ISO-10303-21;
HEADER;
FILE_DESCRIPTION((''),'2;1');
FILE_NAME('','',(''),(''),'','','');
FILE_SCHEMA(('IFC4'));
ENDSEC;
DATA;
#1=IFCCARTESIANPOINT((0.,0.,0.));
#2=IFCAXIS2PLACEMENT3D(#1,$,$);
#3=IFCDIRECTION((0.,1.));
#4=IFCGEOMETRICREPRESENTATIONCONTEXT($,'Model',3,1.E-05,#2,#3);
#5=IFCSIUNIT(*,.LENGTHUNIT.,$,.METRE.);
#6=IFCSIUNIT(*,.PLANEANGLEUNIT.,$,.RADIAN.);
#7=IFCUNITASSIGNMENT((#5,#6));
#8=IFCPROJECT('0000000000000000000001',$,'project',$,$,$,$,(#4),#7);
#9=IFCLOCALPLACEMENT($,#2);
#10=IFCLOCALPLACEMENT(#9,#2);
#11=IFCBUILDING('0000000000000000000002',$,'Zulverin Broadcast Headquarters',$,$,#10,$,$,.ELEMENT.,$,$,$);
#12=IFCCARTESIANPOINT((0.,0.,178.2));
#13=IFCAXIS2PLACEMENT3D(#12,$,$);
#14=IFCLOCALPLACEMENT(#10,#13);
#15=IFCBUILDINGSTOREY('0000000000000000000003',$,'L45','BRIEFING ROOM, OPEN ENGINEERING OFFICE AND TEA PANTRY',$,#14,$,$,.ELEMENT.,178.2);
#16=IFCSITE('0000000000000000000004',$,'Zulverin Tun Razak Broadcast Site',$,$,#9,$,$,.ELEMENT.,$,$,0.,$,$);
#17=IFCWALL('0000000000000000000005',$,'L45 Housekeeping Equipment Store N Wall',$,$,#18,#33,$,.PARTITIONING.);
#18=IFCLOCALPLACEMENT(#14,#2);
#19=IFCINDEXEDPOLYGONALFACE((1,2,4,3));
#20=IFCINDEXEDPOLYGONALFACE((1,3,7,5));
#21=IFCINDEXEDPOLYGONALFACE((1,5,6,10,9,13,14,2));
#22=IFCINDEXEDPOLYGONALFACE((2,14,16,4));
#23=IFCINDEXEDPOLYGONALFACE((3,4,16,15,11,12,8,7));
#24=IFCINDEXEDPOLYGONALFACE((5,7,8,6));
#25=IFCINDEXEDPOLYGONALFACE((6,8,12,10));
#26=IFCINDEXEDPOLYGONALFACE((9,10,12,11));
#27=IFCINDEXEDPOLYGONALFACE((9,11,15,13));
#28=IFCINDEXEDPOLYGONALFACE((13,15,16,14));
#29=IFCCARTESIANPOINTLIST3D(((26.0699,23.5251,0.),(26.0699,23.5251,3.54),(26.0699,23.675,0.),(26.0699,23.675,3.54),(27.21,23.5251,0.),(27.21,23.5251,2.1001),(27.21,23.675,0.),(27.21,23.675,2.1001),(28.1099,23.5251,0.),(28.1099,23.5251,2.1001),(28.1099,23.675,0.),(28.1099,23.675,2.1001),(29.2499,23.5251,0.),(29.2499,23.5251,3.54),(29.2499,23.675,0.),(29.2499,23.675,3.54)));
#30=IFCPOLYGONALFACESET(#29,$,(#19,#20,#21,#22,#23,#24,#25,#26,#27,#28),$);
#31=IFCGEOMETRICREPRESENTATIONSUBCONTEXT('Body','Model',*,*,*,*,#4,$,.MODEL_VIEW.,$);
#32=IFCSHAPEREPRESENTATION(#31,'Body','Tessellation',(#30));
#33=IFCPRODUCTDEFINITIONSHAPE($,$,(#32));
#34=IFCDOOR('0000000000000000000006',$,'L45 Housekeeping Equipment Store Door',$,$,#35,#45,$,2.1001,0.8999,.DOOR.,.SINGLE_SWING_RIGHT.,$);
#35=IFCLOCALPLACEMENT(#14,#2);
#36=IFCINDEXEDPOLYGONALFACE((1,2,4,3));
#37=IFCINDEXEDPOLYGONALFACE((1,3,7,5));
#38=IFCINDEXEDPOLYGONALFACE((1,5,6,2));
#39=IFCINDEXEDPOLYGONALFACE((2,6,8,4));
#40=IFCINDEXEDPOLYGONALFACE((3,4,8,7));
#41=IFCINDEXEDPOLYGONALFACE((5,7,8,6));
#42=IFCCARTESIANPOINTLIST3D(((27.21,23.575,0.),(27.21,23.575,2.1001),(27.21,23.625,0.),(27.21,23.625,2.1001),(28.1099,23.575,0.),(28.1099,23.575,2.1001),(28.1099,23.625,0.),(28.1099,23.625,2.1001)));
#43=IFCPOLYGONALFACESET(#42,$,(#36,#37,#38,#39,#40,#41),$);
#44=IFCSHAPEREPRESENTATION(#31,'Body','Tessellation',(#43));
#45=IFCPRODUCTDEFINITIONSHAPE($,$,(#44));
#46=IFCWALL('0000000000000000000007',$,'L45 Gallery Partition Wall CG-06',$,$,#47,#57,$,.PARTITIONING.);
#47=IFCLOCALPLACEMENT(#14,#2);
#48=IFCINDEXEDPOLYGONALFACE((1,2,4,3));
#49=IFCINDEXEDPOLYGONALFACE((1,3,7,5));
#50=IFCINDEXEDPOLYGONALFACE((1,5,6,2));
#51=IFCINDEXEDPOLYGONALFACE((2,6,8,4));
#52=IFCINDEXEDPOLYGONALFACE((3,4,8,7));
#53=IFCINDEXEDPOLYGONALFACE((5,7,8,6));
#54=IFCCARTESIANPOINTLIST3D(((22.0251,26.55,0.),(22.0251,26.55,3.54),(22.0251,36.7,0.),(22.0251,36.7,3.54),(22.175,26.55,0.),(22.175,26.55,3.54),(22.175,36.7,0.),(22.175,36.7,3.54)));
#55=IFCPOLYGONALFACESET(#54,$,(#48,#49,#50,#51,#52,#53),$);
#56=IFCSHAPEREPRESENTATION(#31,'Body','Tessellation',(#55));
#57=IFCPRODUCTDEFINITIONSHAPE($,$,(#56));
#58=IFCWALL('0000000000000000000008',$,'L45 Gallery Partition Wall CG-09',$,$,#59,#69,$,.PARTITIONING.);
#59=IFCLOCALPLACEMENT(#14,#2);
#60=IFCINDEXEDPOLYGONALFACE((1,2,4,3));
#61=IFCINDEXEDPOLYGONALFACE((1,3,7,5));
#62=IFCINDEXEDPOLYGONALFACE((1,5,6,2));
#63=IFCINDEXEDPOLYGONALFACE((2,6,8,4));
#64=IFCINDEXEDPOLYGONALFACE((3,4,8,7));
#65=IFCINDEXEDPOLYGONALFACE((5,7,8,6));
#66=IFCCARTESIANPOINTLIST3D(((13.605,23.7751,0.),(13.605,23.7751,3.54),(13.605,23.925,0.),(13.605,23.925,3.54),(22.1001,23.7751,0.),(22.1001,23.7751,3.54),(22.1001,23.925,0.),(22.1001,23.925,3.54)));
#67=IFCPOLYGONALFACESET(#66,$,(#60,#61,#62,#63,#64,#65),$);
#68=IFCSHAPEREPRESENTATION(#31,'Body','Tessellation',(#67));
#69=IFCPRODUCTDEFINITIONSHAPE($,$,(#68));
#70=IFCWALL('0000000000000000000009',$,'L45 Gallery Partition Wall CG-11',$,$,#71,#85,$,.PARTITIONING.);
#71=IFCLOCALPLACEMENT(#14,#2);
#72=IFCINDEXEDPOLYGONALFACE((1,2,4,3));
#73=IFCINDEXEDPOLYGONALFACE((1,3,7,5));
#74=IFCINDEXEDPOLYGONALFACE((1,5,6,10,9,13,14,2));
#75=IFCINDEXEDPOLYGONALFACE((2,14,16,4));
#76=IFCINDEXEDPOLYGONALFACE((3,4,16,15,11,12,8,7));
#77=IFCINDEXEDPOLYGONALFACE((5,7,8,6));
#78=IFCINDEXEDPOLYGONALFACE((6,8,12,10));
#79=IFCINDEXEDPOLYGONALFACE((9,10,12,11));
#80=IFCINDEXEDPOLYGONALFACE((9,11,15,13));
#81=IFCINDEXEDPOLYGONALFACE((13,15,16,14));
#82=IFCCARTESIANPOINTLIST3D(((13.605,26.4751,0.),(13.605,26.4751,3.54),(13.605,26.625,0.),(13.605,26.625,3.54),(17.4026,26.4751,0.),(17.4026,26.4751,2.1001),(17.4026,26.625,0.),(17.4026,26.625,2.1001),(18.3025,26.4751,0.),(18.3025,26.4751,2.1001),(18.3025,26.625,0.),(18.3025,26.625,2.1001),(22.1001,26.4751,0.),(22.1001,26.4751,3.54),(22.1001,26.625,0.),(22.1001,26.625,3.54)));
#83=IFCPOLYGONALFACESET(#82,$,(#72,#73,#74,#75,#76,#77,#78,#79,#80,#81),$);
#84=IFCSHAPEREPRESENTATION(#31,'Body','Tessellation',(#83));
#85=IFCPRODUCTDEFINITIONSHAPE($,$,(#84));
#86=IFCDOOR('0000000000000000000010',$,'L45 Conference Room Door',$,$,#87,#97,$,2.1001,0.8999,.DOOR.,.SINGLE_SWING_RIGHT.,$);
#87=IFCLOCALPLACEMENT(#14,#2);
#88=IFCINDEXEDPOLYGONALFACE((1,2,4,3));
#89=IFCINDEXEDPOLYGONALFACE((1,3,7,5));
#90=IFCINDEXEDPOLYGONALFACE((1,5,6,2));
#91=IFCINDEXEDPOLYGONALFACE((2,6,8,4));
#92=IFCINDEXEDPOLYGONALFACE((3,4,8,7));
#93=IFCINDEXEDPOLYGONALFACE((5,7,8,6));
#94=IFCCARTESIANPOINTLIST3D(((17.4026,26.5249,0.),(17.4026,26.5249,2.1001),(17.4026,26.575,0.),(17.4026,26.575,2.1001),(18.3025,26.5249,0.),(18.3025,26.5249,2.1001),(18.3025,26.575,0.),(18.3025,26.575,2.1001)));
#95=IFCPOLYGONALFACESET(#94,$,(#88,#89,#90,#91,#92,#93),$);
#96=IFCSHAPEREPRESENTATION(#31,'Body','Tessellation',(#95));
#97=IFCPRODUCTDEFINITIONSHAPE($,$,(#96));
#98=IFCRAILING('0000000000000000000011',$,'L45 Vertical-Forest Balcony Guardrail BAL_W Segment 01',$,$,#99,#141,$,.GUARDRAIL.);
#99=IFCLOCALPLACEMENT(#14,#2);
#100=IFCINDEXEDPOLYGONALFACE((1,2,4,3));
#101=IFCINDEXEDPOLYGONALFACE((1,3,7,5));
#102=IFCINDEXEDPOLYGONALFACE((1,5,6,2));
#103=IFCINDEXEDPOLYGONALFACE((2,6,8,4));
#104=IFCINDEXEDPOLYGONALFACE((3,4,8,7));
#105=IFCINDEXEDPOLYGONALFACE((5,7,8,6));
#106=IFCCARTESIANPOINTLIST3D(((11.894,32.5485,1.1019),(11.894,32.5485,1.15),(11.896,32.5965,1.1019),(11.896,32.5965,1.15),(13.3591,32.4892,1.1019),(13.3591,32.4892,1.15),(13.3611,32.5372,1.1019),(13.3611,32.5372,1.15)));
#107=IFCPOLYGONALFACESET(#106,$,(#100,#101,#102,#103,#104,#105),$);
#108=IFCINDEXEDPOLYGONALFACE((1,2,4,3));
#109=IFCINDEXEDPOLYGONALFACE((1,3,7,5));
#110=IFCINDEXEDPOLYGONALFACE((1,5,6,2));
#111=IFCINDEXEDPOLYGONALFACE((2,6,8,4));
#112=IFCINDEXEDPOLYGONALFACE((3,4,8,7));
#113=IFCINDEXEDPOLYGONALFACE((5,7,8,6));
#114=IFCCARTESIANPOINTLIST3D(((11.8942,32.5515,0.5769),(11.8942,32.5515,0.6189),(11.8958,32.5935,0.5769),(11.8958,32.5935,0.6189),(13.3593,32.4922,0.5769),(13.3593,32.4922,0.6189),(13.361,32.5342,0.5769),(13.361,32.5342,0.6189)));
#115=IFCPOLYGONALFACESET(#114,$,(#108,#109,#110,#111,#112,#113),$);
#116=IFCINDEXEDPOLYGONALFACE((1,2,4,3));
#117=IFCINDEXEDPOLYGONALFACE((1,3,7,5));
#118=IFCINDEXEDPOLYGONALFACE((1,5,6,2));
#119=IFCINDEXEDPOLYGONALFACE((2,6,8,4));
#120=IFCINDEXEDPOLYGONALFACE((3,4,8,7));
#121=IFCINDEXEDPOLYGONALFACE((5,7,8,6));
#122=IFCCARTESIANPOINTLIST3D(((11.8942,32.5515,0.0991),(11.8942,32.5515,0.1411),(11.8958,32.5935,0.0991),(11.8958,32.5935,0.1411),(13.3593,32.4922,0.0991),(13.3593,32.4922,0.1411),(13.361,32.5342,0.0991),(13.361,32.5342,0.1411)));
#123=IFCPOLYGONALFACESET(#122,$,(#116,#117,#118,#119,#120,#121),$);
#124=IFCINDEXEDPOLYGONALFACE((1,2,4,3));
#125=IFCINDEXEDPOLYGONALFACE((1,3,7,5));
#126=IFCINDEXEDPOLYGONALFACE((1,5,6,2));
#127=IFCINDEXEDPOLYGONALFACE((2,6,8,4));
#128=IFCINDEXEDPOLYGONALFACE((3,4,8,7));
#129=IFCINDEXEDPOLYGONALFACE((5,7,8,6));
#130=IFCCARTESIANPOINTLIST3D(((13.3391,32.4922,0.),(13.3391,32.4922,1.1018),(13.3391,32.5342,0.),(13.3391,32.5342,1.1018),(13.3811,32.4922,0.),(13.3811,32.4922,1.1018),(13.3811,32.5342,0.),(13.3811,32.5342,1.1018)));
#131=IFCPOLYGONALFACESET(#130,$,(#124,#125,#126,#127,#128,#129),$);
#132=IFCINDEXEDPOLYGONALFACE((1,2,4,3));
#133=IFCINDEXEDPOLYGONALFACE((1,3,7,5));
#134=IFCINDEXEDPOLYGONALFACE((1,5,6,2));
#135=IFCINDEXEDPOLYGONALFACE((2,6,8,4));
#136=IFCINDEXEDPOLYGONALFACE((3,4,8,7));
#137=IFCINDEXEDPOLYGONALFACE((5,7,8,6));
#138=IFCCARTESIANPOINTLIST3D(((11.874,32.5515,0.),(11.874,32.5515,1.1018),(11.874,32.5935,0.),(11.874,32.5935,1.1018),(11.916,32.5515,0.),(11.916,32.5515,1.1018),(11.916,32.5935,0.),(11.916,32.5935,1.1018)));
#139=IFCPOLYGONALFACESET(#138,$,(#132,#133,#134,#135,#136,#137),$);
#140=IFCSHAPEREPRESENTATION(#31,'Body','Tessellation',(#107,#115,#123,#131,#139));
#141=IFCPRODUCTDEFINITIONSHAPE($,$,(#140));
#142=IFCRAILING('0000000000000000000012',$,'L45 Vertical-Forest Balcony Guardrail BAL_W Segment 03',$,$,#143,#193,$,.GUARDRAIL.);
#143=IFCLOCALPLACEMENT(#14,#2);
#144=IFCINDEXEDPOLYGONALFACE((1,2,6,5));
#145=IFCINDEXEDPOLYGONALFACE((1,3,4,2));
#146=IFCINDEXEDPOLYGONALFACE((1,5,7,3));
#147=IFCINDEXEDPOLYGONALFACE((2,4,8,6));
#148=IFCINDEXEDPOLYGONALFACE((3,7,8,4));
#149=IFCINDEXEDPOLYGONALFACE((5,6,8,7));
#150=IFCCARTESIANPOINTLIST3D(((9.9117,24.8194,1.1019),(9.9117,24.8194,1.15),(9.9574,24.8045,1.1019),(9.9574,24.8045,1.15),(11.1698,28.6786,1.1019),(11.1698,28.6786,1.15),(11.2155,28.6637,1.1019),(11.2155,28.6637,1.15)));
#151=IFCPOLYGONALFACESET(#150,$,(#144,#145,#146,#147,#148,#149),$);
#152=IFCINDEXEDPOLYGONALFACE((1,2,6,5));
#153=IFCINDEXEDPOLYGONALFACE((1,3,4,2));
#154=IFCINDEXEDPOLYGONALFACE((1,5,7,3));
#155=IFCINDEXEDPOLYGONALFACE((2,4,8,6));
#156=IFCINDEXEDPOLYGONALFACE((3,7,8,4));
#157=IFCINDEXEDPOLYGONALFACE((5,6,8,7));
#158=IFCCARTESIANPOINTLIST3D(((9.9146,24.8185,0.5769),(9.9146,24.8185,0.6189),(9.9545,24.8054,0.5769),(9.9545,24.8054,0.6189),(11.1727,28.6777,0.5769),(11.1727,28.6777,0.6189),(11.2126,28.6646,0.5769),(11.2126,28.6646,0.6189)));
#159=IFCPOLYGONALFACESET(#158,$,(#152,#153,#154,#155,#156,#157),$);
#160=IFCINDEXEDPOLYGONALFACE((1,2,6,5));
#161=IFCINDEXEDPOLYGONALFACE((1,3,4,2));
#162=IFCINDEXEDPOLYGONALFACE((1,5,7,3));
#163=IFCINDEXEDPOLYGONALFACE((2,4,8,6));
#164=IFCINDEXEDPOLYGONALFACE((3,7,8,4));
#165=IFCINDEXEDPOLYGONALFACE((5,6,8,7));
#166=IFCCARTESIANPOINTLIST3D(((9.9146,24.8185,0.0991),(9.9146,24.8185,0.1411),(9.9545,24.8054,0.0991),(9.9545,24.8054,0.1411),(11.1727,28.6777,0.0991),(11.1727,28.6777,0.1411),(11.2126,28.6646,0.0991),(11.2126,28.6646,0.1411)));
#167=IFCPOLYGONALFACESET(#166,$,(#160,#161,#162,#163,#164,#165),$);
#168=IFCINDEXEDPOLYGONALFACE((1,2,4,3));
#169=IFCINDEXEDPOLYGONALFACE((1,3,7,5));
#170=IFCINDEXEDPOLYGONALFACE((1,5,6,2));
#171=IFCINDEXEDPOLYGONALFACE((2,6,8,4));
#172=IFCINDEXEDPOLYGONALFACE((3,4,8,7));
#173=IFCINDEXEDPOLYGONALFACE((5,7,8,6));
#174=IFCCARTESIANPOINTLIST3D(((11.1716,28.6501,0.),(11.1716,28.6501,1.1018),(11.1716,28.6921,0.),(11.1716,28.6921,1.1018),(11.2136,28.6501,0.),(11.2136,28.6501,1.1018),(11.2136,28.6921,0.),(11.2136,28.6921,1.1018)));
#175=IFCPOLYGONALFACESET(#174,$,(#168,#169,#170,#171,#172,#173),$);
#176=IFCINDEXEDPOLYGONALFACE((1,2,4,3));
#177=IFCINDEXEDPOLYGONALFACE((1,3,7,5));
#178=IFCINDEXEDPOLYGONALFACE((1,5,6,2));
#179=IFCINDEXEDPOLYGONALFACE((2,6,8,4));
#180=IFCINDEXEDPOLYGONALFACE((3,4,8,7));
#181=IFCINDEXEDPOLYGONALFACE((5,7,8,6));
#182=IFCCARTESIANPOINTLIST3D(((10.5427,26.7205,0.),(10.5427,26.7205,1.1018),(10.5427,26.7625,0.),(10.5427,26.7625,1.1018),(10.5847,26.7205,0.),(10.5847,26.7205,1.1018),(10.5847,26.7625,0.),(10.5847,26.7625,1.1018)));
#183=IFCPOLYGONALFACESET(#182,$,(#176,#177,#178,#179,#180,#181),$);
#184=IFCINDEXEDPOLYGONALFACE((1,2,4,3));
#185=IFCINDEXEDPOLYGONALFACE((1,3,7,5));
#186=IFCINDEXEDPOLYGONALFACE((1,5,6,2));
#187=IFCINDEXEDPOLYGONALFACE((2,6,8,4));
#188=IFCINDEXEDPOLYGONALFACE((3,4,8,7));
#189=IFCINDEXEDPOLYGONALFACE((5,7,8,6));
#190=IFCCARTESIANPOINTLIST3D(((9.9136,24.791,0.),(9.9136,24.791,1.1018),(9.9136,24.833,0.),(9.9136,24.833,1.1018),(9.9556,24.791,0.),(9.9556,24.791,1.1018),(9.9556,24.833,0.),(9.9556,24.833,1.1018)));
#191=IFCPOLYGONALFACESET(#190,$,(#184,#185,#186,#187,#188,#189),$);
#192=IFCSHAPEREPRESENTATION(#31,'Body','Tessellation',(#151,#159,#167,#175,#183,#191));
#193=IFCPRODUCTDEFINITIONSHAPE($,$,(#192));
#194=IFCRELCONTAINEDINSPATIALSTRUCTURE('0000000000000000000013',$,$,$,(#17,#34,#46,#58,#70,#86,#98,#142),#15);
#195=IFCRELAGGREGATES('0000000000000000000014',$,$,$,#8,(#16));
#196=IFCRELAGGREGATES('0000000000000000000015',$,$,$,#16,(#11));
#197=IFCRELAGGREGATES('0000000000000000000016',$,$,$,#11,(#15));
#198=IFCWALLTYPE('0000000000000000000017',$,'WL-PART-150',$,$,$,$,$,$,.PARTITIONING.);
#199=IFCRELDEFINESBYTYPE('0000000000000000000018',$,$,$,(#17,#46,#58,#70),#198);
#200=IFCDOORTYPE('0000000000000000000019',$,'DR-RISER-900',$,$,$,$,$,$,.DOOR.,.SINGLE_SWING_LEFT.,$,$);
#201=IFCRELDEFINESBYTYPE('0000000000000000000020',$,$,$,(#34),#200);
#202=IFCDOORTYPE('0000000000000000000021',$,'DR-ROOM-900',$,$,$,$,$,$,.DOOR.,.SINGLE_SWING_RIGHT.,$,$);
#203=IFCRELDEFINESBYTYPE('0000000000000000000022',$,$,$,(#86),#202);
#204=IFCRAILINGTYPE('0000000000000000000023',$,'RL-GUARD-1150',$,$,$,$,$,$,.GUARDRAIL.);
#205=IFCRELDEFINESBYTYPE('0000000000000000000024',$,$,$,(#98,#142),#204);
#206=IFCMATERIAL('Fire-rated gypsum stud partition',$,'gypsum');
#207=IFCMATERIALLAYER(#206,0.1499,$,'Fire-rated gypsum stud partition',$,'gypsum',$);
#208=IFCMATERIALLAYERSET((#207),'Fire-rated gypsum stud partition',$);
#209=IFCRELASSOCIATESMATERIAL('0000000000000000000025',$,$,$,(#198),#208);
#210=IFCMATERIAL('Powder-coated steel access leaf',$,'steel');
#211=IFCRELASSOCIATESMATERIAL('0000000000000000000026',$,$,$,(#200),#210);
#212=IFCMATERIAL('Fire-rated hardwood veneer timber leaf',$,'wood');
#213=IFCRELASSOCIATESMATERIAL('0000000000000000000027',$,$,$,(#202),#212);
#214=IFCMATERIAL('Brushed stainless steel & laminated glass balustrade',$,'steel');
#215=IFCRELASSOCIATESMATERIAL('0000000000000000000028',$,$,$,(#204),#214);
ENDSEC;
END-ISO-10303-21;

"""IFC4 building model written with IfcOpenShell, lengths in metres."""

from ifc_helpers import new_model, si_unit, direction, frame, frame_2d, origin, origin_2d, place, context, subcontext, project, spatial, rectangle, extrude, material, layer, layer_set, type_object, element, fill, save


model = new_model("IFC4")

# Units and contexts
model_context = context("Model", 3, precision=1e-05, world=origin(), true_north=direction((0.0, 1.0)))
body_context = subcontext(model_context, "Body", "Model", "MODEL_VIEW")
ifc_project = project(units=[si_unit("LENGTHUNIT", "METRE"), si_unit("PLANEANGLEUNIT", "RADIAN")], contexts=[model_context])

# Site, building, storey
site_placement = place(None, origin())
site = spatial("IfcSite", under=ifc_project, at=site_placement, Name="Zulverin Tun Razak Broadcast Site", CompositionType="ELEMENT", RefElevation=0.0)
building_placement = place(site_placement, origin())
building = spatial("IfcBuilding", under=site, at=building_placement, Name="Zulverin Broadcast Headquarters", CompositionType="ELEMENT")
storey_placement = place(building_placement, frame((0.0, 0.0, 178.2)))
storey = spatial("IfcBuildingStorey", under=building, at=storey_placement, Name="L45", Description="BRIEFING ROOM, OPEN ENGINEERING OFFICE AND TEA PANTRY", CompositionType="ELEMENT", Elevation=178.2)

# Shared definitions
ifc_material_1 = material(Name="Fire-rated gypsum stud partition", Category="gypsum")
ifc_layer_1 = layer(ifc_material_1, 0.1499, Name="Fire-rated gypsum stud partition", Category="gypsum")
ifc_layer_set_1 = layer_set([ifc_layer_1], Name="Fire-rated gypsum stud partition")
wall_type = type_object("IfcWallType", Name="WL-PART-150", PredefinedType="PARTITIONING", material=ifc_layer_set_1)

# Shared definitions
ifc_material_2 = material(Name="Powder-coated steel access leaf", Category="steel")
door_type_1 = type_object("IfcDoorType", Name="DR-RISER-900", OperationType="SINGLE_SWING_LEFT", PredefinedType="DOOR", material=ifc_material_2)

# Wall, opening, door
wall_1_placement = place(storey_placement, frame((26.0701, 23.6001, 0.0), z_axis=(0.0, 0.0, 1.0), x_axis=(1.0, 0.0, 0.0)))
wall_1 = element("IfcWall", 1, at=wall_1_placement, inside=storey, type_object=wall_type, Name="L45 Housekeeping Equipment Store N Wall", PredefinedType="PARTITIONING", context=body_context, shape_type="SweptSolid", body=[
    extrude(rectangle(XDim=3.1799, YDim=0.1499, at=frame_2d((1.5898, 0.0))), origin(), (0.0, 0.0, 1.0), 3.54),
])
opening_1_placement = place(wall_1_placement, frame((1.1399, 0.0, 0.0)))
opening_1 = element("IfcOpeningElement", 2, at=opening_1_placement, cuts=wall_1, PredefinedType="OPENING", context=body_context, shape_type="SweptSolid", body=[
    extrude(rectangle(XDim=0.8999, YDim=2.1001, at=frame_2d((0.45, 1.05))), frame((0.0, 0.085, 0.0), z_axis=(0.0, -1.0, 0.0), x_axis=(1.0, 0.0, 0.0)), (0.0, 0.0, 1.0), 0.1699),
])
door_1_placement = place(opening_1_placement, origin())
door_1 = element("IfcDoor", 3, at=door_1_placement, inside=storey, type_object=door_type_1, Name="L45 Housekeeping Equipment Store Door", OperationType="SINGLE_SWING_RIGHT", OverallHeight=2.1001, OverallWidth=0.8999, PredefinedType="DOOR", context=body_context, shape_type="SweptSolid", body=[
    extrude(rectangle(XDim=0.8999, YDim=2.1001, at=frame_2d((0.45, 1.05))), frame((0.0, 0.0249, 0.0), z_axis=(0.0, -1.0, 0.0), x_axis=(1.0, 0.0, 0.0)), (0.0, 0.0, 1.0), 0.05),
])
fill(opening_1, door_1)

# Walls
wall_2_placement = place(storey_placement, frame((22.1001, 26.55, 0.0), z_axis=(0.0, 0.0, 1.0), x_axis=(0.0, 1.0, 0.0)))
element("IfcWall", 4, at=wall_2_placement, inside=storey, type_object=wall_type, Name="L45 Gallery Partition Wall CG-06", PredefinedType="PARTITIONING", context=body_context, shape_type="SweptSolid", body=[
    extrude(rectangle(XDim=10.1499, YDim=0.1499, at=frame_2d((5.075, 0.0))), origin(), (0.0, 0.0, 1.0), 3.54),
])
wall_3_placement = place(storey_placement, frame((13.605, 23.8501, 0.0), z_axis=(0.0, 0.0, 1.0), x_axis=(1.0, 0.0, 0.0)))
element("IfcWall", 5, at=wall_3_placement, inside=storey, type_object=wall_type, Name="L45 Gallery Partition Wall CG-09", PredefinedType="PARTITIONING", context=body_context, shape_type="SweptSolid", body=[
    extrude(rectangle(XDim=8.4951, YDim=0.1499, at=frame_2d((4.2476, 0.0))), origin(), (0.0, 0.0, 1.0), 3.54),
])

# Wall, opening, door
wall_4_placement = place(storey_placement, frame((13.605, 26.55, 0.0), z_axis=(0.0, 0.0, 1.0), x_axis=(1.0, 0.0, 0.0)))
wall_4 = element("IfcWall", 6, at=wall_4_placement, inside=storey, type_object=wall_type, Name="L45 Gallery Partition Wall CG-11", PredefinedType="PARTITIONING", context=body_context, shape_type="SweptSolid", body=[
    extrude(rectangle(XDim=8.4951, YDim=0.1499, at=frame_2d((4.2476, 0.0))), origin(), (0.0, 0.0, 1.0), 3.54),
])
opening_2_placement = place(wall_4_placement, frame((3.7976, 0.0, 0.0)))
opening_2 = element("IfcOpeningElement", 7, at=opening_2_placement, cuts=wall_4, PredefinedType="OPENING", context=body_context, shape_type="SweptSolid", body=[
    extrude(rectangle(XDim=0.8999, YDim=2.1001, at=frame_2d((0.45, 1.05))), frame((0.0, 0.085, 0.0), z_axis=(0.0, -1.0, 0.0), x_axis=(1.0, 0.0, 0.0)), (0.0, 0.0, 1.0), 0.1699),
])
ifc_material_3 = material(Name="Fire-rated hardwood veneer timber leaf", Category="wood")
door_type_2 = type_object("IfcDoorType", Name="DR-ROOM-900", OperationType="SINGLE_SWING_RIGHT", PredefinedType="DOOR", material=ifc_material_3)
door_2_placement = place(opening_2_placement, origin())
door_2 = element("IfcDoor", 8, at=door_2_placement, inside=storey, type_object=door_type_2, Name="L45 Conference Room Door", OperationType="SINGLE_SWING_RIGHT", OverallHeight=2.1001, OverallWidth=0.8999, PredefinedType="DOOR", context=body_context, shape_type="SweptSolid", body=[
    extrude(rectangle(XDim=0.8999, YDim=2.1001, at=frame_2d((0.45, 1.05))), frame((0.0, 0.0249, 0.0), z_axis=(0.0, -1.0, 0.0), x_axis=(1.0, 0.0, 0.0)), (0.0, 0.0, 1.0), 0.05),
])
fill(opening_2, door_2)

# Railings
ifc_material_4 = material(Name="Brushed stainless steel & laminated glass balustrade", Category="steel")
railing_type = type_object("IfcRailingType", Name="RL-GUARD-1150", PredefinedType="GUARDRAIL", material=ifc_material_4)
railing_1_placement = place(storey_placement, frame((13.3601, 32.5132, 0.0)))
element("IfcRailing", 9, at=railing_1_placement, inside=storey, type_object=railing_type, Name="L45 Vertical-Forest Balcony Guardrail BAL_W Segment 01", PredefinedType="GUARDRAIL", context=body_context, shape_type="SweptSolid", body=[
    extrude(rectangle(XDim=0.0481, YDim=0.0481, at=origin_2d()), frame((0.0, 0.0, 1.126), z_axis=(-0.999181, 0.04046, 0.0), x_axis=(-0.04046, -0.999181, 0.0)), (0.0, 0.0, 1.0), 1.4663),
    extrude(rectangle(XDim=0.042, YDim=0.042, at=origin_2d()), frame((0.0, 0.0, 0.5979), z_axis=(-0.999181, 0.04046, 0.0), x_axis=(-0.04046, -0.999181, 0.0)), (0.0, 0.0, 1.0), 1.4663),
    extrude(rectangle(XDim=0.042, YDim=0.042, at=origin_2d()), frame((0.0, 0.0, 0.1201), z_axis=(-0.999181, 0.04046, 0.0), x_axis=(-0.04046, -0.999181, 0.0)), (0.0, 0.0, 1.0), 1.4663),
    extrude(rectangle(XDim=0.042, YDim=0.042, at=origin_2d()), origin(), (0.0, 0.0, 1.0), 1.1018),
    extrude(rectangle(XDim=0.042, YDim=0.042, at=origin_2d()), frame((-1.4651, 0.0593, 0.0)), (0.0, 0.0, 1.0), 1.1018),
])
railing_2_placement = place(storey_placement, frame((11.1926, 28.6711, 0.0)))
element("IfcRailing", 10, at=railing_2_placement, inside=storey, type_object=railing_type, Name="L45 Vertical-Forest Balcony Guardrail BAL_W Segment 03", PredefinedType="GUARDRAIL", context=body_context, shape_type="SweptSolid", body=[
    extrude(rectangle(XDim=0.0481, YDim=0.0481, at=origin_2d()), frame((0.0, 0.0, 1.126), z_axis=(-0.309941, -0.950756, 0.0), x_axis=(0.950756, -0.309941, 0.0)), (0.0, 0.0, 1.0), 4.0591),
    extrude(rectangle(XDim=0.042, YDim=0.042, at=origin_2d()), frame((0.0, 0.0, 0.5979), z_axis=(-0.309941, -0.950756, 0.0), x_axis=(0.950756, -0.309941, 0.0)), (0.0, 0.0, 1.0), 4.0591),
    extrude(rectangle(XDim=0.042, YDim=0.042, at=origin_2d()), frame((0.0, 0.0, 0.1201), z_axis=(-0.309941, -0.950756, 0.0), x_axis=(0.950756, -0.309941, 0.0)), (0.0, 0.0, 1.0), 4.0591),
    extrude(rectangle(XDim=0.042, YDim=0.042, at=origin_2d()), origin(), (0.0, 0.0, 1.0), 1.1018),
    extrude(rectangle(XDim=0.042, YDim=0.042, at=origin_2d()), frame((-0.6289, -1.9297, 0.0)), (0.0, 0.0, 1.0), 1.1018),
    extrude(rectangle(XDim=0.042, YDim=0.042, at=origin_2d()), frame((-1.2581, -3.8591, 0.0)), (0.0, 0.0, 1.0), 1.1018),
])

save(model, "model.ifc")
